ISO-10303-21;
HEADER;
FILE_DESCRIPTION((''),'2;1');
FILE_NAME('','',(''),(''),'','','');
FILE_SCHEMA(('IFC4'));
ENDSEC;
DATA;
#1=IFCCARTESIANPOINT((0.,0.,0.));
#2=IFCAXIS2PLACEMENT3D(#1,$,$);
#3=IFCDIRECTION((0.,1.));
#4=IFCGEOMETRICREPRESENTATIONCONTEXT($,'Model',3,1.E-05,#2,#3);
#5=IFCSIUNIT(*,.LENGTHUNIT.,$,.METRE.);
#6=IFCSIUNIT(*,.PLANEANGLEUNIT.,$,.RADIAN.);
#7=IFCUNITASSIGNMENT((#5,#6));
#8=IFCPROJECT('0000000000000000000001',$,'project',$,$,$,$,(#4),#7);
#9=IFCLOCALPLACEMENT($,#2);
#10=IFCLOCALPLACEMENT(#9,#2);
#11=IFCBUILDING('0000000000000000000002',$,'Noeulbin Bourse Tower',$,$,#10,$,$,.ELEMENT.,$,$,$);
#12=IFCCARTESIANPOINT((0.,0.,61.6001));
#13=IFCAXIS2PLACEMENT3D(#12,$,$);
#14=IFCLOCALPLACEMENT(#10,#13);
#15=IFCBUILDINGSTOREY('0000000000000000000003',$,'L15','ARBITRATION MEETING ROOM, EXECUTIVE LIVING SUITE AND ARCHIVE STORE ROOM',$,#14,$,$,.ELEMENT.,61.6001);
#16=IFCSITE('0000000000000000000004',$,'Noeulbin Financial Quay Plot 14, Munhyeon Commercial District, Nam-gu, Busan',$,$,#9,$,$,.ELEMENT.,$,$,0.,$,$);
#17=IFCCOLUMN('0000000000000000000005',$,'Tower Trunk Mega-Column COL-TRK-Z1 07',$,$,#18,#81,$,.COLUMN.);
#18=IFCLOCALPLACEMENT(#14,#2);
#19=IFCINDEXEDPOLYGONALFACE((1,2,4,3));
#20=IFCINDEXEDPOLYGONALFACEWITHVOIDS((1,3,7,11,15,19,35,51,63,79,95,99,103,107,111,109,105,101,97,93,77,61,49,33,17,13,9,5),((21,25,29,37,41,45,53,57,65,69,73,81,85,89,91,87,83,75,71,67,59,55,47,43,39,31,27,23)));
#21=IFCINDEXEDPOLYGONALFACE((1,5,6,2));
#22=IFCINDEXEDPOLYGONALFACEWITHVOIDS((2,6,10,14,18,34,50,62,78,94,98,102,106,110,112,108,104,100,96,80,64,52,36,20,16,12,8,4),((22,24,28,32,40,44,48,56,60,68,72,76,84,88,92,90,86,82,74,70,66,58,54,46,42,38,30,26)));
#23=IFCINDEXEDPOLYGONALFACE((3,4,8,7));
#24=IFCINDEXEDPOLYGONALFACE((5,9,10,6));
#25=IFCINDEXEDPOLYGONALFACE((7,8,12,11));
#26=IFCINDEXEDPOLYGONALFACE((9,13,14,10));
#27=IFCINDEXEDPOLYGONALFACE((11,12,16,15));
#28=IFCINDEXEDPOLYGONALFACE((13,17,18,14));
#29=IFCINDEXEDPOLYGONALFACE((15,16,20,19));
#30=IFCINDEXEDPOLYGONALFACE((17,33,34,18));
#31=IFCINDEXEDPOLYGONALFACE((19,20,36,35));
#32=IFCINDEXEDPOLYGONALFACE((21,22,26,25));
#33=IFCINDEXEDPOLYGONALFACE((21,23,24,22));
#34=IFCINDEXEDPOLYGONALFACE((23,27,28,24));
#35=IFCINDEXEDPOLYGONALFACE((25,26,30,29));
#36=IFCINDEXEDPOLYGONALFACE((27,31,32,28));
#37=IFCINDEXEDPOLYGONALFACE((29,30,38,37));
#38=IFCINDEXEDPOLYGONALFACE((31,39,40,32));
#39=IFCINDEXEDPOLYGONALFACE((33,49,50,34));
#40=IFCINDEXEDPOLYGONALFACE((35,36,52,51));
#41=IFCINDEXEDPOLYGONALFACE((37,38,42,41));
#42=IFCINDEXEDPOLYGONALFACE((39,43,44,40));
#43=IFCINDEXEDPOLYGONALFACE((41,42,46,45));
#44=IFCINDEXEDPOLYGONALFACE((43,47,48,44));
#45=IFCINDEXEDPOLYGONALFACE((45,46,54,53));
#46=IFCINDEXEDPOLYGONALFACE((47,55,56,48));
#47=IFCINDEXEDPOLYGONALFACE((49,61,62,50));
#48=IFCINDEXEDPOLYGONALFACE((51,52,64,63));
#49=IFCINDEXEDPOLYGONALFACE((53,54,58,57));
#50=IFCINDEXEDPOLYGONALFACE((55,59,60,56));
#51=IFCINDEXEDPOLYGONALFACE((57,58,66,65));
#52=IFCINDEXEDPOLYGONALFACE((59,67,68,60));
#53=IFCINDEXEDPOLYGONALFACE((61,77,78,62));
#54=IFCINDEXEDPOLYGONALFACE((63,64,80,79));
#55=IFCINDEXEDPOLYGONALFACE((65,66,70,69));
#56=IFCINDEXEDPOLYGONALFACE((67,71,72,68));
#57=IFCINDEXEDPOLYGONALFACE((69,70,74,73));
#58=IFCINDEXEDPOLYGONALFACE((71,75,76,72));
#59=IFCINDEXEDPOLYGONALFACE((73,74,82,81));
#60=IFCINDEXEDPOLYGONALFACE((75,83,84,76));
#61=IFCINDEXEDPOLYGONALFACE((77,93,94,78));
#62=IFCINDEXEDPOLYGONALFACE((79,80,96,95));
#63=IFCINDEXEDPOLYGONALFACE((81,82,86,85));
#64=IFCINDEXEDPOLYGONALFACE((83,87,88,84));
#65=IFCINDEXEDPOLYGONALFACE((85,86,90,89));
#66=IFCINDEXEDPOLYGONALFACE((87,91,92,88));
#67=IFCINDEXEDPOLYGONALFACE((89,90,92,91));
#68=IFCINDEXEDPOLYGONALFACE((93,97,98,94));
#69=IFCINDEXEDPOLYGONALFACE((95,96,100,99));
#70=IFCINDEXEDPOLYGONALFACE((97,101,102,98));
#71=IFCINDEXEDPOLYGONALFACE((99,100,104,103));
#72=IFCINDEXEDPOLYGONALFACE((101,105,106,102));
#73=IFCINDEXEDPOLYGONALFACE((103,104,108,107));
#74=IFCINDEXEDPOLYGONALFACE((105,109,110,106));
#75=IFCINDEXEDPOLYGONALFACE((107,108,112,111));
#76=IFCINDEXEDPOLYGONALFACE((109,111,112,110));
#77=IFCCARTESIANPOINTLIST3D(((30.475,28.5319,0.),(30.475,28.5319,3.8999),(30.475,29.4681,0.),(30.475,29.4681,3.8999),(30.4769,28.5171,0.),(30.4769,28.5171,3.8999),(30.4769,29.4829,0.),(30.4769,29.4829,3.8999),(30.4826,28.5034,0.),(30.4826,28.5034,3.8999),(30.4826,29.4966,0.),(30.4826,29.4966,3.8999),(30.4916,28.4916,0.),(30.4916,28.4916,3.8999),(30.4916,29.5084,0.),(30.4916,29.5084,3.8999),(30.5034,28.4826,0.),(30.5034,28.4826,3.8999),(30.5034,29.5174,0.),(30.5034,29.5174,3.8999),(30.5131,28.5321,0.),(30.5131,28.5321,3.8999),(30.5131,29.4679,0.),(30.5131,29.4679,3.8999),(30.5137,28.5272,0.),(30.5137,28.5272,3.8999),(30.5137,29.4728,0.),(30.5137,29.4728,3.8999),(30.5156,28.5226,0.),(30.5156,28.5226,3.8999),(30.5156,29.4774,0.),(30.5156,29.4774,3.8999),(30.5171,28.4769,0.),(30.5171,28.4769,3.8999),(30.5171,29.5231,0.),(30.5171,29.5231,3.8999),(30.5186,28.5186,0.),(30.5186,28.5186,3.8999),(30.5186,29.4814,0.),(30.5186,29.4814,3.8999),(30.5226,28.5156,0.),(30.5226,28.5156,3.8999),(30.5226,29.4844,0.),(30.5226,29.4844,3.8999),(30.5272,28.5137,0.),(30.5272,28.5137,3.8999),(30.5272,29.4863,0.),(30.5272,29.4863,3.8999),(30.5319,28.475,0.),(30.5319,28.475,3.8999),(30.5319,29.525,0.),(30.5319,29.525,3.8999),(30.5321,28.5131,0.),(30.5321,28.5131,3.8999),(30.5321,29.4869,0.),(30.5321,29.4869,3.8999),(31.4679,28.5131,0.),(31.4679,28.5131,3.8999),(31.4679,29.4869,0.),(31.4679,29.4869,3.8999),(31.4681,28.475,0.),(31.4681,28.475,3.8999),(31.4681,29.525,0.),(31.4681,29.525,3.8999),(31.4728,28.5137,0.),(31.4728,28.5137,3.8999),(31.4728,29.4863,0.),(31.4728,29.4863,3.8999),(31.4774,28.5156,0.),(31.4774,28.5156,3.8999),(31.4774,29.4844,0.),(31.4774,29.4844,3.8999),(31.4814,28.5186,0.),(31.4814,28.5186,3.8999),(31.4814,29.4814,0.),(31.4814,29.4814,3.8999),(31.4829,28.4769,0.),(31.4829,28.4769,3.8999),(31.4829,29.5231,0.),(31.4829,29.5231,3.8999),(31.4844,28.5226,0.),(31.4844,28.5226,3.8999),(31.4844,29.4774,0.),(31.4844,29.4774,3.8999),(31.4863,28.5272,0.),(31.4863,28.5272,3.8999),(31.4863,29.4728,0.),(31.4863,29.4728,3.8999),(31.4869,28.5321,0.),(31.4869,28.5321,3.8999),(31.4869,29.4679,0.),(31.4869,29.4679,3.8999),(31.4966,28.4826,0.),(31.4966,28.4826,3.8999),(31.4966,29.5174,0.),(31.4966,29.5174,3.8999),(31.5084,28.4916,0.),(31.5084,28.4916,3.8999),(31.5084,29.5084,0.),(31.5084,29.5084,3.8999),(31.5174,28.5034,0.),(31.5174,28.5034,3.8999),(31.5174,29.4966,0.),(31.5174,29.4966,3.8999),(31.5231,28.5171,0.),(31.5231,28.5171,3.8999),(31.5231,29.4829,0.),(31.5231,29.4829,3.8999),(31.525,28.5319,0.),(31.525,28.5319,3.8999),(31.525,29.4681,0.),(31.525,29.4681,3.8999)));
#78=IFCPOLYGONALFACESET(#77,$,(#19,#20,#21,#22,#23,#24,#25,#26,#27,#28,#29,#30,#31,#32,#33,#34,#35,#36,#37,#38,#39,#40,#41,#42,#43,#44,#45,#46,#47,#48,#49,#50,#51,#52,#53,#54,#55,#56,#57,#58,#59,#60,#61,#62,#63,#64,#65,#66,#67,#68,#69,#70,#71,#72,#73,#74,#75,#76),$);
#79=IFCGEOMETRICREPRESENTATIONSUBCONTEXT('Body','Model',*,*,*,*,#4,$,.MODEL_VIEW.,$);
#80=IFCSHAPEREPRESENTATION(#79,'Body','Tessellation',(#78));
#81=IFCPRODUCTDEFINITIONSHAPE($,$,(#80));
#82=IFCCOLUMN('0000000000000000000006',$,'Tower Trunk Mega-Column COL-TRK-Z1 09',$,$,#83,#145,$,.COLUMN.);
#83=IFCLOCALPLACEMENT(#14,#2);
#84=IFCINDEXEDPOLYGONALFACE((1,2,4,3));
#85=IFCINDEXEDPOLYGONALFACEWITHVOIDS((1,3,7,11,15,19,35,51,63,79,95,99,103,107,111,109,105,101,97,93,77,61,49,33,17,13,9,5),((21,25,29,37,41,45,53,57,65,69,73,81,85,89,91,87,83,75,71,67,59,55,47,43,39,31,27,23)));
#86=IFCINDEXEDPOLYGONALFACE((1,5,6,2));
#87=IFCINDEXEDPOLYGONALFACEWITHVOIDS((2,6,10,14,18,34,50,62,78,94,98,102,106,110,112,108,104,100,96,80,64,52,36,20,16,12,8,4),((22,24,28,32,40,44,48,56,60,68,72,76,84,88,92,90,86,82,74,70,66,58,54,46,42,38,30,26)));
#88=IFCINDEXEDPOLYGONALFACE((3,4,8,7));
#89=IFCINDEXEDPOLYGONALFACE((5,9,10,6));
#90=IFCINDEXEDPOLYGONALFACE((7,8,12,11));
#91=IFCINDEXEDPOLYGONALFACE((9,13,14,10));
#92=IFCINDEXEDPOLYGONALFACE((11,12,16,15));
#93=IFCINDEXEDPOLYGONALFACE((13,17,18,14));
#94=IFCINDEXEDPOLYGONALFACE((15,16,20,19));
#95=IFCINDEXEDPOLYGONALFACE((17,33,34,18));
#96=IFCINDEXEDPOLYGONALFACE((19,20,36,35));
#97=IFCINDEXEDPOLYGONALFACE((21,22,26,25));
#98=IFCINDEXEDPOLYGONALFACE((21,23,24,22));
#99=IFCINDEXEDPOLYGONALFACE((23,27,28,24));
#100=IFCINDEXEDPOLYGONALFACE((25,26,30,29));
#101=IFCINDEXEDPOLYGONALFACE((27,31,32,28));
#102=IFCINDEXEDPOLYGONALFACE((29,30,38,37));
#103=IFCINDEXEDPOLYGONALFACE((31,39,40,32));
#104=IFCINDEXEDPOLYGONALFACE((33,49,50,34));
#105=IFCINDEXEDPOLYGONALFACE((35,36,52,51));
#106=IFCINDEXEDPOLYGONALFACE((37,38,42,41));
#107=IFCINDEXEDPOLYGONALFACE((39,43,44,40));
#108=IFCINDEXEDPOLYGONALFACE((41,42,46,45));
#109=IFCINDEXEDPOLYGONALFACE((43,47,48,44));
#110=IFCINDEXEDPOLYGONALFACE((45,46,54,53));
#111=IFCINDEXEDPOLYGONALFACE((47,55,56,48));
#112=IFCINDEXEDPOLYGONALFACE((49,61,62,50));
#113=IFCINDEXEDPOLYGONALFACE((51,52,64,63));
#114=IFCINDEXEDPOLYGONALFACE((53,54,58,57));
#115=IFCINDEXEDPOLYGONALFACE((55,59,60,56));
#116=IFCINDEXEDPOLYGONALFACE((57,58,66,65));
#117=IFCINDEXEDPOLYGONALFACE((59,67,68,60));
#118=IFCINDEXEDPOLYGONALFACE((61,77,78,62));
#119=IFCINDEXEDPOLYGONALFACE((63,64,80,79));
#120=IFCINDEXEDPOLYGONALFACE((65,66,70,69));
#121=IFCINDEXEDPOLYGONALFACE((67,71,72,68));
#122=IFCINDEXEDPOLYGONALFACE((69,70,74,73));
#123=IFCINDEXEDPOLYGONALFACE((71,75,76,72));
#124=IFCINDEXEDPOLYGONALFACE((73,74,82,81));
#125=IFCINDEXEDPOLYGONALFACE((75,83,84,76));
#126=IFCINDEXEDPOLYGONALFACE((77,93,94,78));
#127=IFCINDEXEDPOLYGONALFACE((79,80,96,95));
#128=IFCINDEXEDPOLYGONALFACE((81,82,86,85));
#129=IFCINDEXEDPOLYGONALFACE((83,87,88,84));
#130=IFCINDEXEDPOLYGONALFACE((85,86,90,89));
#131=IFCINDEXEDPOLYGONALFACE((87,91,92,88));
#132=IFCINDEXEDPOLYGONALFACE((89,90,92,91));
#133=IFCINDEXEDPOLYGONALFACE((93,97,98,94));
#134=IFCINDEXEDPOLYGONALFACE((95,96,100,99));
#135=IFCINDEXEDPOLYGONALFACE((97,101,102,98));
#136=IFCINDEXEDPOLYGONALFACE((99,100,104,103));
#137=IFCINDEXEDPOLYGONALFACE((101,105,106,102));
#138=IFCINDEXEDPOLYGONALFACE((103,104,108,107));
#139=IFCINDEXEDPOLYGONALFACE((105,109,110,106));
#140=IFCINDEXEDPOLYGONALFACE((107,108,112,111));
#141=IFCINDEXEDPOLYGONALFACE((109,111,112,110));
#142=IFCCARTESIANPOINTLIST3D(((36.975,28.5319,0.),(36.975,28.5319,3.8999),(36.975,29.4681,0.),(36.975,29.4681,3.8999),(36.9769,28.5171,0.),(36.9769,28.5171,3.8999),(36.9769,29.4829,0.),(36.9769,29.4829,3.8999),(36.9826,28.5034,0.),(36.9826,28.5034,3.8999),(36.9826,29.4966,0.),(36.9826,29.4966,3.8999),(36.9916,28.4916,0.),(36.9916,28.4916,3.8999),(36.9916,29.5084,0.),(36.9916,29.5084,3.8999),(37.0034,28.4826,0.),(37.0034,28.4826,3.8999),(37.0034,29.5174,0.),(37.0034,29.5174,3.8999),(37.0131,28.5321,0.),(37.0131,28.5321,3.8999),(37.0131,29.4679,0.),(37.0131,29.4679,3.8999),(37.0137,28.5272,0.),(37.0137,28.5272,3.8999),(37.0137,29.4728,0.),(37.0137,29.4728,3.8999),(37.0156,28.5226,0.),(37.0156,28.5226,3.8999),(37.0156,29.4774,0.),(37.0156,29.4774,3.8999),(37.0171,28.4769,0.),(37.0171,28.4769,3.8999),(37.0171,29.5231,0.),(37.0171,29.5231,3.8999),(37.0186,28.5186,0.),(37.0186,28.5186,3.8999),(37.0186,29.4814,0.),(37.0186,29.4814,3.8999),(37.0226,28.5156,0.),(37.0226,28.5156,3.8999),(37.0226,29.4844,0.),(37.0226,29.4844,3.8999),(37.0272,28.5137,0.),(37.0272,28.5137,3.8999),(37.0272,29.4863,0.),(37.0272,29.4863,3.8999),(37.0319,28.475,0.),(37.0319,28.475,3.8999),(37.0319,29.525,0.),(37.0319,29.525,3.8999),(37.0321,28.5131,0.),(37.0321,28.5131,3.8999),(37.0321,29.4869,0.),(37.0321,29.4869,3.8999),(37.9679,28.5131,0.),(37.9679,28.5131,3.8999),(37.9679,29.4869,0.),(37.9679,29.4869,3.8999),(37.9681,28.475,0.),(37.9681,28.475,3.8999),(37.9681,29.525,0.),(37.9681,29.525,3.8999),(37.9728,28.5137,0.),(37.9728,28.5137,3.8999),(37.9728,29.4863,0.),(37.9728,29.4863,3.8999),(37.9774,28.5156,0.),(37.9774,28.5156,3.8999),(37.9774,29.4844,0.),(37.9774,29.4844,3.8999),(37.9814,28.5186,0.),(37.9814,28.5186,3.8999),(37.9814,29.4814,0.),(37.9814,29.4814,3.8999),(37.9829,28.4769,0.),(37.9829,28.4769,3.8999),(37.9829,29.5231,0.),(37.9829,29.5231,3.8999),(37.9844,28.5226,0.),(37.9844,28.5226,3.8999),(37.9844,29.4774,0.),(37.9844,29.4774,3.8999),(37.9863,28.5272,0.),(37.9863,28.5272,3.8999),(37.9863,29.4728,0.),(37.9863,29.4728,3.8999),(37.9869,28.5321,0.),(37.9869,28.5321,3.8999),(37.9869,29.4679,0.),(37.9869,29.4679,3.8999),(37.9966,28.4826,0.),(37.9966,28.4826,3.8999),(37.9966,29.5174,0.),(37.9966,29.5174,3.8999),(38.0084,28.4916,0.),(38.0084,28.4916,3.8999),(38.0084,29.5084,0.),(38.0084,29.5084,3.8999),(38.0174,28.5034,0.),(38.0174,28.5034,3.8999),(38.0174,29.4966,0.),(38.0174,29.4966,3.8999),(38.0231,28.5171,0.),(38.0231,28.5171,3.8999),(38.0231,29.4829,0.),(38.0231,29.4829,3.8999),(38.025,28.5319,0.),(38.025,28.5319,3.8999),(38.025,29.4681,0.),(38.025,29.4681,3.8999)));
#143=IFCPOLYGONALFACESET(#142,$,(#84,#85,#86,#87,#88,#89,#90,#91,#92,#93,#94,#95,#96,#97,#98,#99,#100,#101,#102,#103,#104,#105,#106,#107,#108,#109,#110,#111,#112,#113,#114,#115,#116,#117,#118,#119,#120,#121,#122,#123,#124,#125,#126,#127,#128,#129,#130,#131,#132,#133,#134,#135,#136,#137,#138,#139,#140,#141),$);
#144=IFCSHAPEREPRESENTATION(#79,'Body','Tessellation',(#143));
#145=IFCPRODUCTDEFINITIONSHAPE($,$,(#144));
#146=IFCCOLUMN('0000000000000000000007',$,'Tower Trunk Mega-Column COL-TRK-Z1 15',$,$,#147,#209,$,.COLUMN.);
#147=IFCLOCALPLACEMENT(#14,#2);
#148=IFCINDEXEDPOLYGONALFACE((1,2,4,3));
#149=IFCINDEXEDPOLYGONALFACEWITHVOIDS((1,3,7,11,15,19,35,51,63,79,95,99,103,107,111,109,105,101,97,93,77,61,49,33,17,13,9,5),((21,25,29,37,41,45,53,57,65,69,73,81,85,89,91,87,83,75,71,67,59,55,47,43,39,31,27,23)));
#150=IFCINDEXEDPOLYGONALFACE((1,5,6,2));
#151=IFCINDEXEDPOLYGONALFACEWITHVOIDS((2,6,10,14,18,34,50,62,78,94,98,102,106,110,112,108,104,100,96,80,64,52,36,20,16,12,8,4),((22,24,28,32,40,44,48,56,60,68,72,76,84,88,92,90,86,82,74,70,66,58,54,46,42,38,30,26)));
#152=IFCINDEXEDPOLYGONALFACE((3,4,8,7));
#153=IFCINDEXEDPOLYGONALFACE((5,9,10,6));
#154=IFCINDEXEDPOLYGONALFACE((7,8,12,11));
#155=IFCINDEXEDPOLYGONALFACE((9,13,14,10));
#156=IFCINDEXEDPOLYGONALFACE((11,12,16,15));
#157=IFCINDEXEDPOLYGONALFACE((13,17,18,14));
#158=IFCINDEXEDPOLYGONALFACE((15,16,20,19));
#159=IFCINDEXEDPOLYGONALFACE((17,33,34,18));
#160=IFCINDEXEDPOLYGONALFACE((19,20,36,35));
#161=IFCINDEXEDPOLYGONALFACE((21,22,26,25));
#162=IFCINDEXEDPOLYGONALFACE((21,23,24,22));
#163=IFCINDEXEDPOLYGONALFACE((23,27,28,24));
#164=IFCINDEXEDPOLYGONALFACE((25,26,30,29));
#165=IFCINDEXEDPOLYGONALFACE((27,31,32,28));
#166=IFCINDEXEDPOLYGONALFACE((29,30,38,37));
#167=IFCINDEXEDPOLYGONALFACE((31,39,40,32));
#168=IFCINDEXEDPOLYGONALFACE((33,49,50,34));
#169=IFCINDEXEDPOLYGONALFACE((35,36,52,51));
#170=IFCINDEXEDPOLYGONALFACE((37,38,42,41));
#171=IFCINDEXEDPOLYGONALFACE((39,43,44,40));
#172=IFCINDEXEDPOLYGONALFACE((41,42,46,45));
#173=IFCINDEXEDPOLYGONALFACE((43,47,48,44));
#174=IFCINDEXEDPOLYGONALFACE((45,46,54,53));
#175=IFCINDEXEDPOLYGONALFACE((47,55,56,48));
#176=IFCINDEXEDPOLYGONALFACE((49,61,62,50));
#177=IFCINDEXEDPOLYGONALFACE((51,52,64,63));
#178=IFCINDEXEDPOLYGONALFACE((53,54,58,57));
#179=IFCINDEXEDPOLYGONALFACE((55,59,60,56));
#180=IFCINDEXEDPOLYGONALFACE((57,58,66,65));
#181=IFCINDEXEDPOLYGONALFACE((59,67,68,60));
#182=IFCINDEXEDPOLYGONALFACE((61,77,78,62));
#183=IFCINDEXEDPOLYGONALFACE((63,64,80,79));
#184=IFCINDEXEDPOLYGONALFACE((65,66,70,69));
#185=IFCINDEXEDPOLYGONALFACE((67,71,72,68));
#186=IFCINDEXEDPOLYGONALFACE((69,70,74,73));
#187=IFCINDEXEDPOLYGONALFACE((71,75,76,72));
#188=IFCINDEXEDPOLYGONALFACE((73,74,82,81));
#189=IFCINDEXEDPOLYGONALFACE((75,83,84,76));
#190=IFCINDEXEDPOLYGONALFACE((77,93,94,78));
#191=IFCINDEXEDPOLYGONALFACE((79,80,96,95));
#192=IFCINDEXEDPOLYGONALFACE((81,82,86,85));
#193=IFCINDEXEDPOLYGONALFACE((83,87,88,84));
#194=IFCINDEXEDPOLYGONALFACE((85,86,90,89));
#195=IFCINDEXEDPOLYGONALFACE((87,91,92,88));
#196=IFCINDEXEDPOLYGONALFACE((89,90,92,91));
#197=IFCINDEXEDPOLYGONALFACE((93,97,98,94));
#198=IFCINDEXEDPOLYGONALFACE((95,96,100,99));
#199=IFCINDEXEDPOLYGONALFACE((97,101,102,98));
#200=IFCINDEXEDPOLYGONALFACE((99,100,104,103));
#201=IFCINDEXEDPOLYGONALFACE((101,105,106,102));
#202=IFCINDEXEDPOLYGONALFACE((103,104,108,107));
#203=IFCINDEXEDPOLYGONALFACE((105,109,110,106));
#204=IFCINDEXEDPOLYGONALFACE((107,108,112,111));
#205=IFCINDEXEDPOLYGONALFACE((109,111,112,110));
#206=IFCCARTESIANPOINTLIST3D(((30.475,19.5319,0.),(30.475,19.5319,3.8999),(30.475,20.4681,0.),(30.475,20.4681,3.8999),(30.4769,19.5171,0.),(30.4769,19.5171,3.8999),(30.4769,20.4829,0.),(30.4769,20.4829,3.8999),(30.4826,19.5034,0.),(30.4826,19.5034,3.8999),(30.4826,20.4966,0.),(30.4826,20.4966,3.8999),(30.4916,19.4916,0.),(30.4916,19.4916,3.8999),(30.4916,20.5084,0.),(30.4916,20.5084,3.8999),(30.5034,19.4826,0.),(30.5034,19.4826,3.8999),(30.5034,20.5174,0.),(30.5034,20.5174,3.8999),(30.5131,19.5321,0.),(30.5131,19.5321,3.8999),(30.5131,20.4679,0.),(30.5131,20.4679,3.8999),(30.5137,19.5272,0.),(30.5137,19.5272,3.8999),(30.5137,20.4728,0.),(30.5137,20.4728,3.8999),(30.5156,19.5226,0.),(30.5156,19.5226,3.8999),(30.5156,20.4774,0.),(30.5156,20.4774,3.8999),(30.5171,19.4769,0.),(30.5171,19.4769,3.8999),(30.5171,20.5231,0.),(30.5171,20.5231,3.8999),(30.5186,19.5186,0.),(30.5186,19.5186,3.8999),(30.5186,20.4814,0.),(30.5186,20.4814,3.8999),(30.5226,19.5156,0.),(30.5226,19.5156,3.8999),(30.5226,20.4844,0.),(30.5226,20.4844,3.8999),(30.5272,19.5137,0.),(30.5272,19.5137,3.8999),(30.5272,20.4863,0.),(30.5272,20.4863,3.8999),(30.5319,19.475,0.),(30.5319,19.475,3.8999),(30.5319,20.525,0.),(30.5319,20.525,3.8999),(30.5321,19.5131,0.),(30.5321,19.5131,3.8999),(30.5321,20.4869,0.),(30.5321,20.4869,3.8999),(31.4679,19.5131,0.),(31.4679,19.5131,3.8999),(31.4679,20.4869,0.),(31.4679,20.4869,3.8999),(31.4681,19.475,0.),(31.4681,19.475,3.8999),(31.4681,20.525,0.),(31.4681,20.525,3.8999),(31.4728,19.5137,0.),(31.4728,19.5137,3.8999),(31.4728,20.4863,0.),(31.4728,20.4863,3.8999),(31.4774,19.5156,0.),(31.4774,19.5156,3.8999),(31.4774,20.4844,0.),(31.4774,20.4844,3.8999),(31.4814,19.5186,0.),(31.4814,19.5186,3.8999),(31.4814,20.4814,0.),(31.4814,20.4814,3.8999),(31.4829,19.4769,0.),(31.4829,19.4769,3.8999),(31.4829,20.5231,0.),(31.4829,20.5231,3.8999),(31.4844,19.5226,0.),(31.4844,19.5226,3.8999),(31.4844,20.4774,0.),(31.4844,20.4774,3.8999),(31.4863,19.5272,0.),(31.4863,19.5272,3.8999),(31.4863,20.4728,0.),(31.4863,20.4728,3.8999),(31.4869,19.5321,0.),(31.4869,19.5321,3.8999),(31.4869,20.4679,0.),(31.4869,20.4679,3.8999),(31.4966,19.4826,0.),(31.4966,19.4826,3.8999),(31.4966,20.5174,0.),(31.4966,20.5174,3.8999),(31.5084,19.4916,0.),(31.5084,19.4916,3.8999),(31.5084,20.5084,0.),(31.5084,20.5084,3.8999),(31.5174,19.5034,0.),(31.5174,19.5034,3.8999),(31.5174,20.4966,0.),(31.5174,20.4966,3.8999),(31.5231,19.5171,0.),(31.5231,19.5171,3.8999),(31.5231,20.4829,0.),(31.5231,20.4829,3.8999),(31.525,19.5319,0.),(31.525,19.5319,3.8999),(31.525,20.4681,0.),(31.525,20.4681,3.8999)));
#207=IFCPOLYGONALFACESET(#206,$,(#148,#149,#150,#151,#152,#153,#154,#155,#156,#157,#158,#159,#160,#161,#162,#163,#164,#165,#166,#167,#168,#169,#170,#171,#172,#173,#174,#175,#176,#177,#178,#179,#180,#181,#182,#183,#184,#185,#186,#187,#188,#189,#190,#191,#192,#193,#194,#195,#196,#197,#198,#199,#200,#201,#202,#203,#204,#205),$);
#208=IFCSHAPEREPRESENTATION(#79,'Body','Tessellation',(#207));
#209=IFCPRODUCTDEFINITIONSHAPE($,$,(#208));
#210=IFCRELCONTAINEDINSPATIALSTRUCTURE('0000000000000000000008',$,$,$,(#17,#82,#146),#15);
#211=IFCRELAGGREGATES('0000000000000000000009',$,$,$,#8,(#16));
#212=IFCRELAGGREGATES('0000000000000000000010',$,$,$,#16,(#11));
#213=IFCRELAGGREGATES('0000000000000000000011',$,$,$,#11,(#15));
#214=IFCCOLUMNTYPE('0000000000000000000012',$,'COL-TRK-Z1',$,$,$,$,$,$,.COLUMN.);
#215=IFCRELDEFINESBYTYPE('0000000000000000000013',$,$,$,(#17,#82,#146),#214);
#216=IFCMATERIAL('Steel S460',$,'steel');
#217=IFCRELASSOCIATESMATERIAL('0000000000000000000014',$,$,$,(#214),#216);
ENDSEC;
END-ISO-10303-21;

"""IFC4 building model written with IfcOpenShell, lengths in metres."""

from ifc_helpers import new_model, si_unit, direction, frame, origin, origin_2d, place, context, subcontext, project, spatial, hollow_rectangle, extrude, material, material_profile, profile_set, type_object, element, save


model = new_model("IFC4")

# Units and contexts
model_context = context("Model", 3, precision=1e-05, world=origin(), true_north=direction((0.0, 1.0)))
body_context = subcontext(model_context, "Body", "Model", "MODEL_VIEW")
ifc_project = project(units=[si_unit("LENGTHUNIT", "METRE"), si_unit("PLANEANGLEUNIT", "RADIAN")], contexts=[model_context])

# Site, building, storey
site_placement = place(None, origin())
site = spatial("IfcSite", under=ifc_project, at=site_placement, Name="Noeulbin Financial Quay Plot 14, Munhyeon Commercial District, Nam-gu, Busan", CompositionType="ELEMENT", RefElevation=0.0)
building_placement = place(site_placement, origin())
building = spatial("IfcBuilding", under=site, at=building_placement, Name="Noeulbin Bourse Tower", CompositionType="ELEMENT")
storey_placement = place(building_placement, frame((0.0, 0.0, 61.6001)))
storey = spatial("IfcBuildingStorey", under=building, at=storey_placement, Name="L15", Description="ARBITRATION MEETING ROOM, EXECUTIVE LIVING SUITE AND ARCHIVE STORE ROOM", CompositionType="ELEMENT", Elevation=61.6001)

# Columns
ifc_material_1 = material(Name="Steel S460", Category="steel")
ifc_material_profile_1 = material_profile(ifc_material_1, hollow_rectangle(XDim=1.05, YDim=1.05, WallThickness=0.0381, InnerFilletRadius=0.019, OuterFilletRadius=0.0569, at=origin_2d()), Name="BOX-1050x1050x38", Category="LoadBearing")
ifc_profile_set_1 = profile_set([ifc_material_profile_1], Name="Steel S460")
column_type = type_object("IfcColumnType", Name="COL-TRK-Z1", PredefinedType="COLUMN", material=ifc_profile_set_1)
for number, where, z_axis, x_axis, name in (
    (1, (31.0, 29.0, 0.0), (0.0, 0.0, 1.0), (1.0, 0.0, 0.0), "Tower Trunk Mega-Column COL-TRK-Z1 07"),
    (2, (37.5, 29.0, 0.0), (0.0, 0.0, 1.0), (1.0, 0.0, 0.0), "Tower Trunk Mega-Column COL-TRK-Z1 09"),
    (3, (31.0, 20.0, 0.0), (0.0, 0.0, 1.0), (1.0, 0.0, 0.0), "Tower Trunk Mega-Column COL-TRK-Z1 15"),
):
    element("IfcColumn", number, at=place(storey_placement, frame(where, z_axis=z_axis, x_axis=x_axis)), inside=storey, type_object=column_type, Name=name, PredefinedType="COLUMN", context=body_context, shape_type="SweptSolid", body=[
        extrude(hollow_rectangle(XDim=1.05, YDim=1.05, WallThickness=0.0381, InnerFilletRadius=0.019, OuterFilletRadius=0.0569, at=origin_2d()), origin(), (0.0, 0.0, 1.0), 3.8999),
    ])

save(model, "model.ifc")
